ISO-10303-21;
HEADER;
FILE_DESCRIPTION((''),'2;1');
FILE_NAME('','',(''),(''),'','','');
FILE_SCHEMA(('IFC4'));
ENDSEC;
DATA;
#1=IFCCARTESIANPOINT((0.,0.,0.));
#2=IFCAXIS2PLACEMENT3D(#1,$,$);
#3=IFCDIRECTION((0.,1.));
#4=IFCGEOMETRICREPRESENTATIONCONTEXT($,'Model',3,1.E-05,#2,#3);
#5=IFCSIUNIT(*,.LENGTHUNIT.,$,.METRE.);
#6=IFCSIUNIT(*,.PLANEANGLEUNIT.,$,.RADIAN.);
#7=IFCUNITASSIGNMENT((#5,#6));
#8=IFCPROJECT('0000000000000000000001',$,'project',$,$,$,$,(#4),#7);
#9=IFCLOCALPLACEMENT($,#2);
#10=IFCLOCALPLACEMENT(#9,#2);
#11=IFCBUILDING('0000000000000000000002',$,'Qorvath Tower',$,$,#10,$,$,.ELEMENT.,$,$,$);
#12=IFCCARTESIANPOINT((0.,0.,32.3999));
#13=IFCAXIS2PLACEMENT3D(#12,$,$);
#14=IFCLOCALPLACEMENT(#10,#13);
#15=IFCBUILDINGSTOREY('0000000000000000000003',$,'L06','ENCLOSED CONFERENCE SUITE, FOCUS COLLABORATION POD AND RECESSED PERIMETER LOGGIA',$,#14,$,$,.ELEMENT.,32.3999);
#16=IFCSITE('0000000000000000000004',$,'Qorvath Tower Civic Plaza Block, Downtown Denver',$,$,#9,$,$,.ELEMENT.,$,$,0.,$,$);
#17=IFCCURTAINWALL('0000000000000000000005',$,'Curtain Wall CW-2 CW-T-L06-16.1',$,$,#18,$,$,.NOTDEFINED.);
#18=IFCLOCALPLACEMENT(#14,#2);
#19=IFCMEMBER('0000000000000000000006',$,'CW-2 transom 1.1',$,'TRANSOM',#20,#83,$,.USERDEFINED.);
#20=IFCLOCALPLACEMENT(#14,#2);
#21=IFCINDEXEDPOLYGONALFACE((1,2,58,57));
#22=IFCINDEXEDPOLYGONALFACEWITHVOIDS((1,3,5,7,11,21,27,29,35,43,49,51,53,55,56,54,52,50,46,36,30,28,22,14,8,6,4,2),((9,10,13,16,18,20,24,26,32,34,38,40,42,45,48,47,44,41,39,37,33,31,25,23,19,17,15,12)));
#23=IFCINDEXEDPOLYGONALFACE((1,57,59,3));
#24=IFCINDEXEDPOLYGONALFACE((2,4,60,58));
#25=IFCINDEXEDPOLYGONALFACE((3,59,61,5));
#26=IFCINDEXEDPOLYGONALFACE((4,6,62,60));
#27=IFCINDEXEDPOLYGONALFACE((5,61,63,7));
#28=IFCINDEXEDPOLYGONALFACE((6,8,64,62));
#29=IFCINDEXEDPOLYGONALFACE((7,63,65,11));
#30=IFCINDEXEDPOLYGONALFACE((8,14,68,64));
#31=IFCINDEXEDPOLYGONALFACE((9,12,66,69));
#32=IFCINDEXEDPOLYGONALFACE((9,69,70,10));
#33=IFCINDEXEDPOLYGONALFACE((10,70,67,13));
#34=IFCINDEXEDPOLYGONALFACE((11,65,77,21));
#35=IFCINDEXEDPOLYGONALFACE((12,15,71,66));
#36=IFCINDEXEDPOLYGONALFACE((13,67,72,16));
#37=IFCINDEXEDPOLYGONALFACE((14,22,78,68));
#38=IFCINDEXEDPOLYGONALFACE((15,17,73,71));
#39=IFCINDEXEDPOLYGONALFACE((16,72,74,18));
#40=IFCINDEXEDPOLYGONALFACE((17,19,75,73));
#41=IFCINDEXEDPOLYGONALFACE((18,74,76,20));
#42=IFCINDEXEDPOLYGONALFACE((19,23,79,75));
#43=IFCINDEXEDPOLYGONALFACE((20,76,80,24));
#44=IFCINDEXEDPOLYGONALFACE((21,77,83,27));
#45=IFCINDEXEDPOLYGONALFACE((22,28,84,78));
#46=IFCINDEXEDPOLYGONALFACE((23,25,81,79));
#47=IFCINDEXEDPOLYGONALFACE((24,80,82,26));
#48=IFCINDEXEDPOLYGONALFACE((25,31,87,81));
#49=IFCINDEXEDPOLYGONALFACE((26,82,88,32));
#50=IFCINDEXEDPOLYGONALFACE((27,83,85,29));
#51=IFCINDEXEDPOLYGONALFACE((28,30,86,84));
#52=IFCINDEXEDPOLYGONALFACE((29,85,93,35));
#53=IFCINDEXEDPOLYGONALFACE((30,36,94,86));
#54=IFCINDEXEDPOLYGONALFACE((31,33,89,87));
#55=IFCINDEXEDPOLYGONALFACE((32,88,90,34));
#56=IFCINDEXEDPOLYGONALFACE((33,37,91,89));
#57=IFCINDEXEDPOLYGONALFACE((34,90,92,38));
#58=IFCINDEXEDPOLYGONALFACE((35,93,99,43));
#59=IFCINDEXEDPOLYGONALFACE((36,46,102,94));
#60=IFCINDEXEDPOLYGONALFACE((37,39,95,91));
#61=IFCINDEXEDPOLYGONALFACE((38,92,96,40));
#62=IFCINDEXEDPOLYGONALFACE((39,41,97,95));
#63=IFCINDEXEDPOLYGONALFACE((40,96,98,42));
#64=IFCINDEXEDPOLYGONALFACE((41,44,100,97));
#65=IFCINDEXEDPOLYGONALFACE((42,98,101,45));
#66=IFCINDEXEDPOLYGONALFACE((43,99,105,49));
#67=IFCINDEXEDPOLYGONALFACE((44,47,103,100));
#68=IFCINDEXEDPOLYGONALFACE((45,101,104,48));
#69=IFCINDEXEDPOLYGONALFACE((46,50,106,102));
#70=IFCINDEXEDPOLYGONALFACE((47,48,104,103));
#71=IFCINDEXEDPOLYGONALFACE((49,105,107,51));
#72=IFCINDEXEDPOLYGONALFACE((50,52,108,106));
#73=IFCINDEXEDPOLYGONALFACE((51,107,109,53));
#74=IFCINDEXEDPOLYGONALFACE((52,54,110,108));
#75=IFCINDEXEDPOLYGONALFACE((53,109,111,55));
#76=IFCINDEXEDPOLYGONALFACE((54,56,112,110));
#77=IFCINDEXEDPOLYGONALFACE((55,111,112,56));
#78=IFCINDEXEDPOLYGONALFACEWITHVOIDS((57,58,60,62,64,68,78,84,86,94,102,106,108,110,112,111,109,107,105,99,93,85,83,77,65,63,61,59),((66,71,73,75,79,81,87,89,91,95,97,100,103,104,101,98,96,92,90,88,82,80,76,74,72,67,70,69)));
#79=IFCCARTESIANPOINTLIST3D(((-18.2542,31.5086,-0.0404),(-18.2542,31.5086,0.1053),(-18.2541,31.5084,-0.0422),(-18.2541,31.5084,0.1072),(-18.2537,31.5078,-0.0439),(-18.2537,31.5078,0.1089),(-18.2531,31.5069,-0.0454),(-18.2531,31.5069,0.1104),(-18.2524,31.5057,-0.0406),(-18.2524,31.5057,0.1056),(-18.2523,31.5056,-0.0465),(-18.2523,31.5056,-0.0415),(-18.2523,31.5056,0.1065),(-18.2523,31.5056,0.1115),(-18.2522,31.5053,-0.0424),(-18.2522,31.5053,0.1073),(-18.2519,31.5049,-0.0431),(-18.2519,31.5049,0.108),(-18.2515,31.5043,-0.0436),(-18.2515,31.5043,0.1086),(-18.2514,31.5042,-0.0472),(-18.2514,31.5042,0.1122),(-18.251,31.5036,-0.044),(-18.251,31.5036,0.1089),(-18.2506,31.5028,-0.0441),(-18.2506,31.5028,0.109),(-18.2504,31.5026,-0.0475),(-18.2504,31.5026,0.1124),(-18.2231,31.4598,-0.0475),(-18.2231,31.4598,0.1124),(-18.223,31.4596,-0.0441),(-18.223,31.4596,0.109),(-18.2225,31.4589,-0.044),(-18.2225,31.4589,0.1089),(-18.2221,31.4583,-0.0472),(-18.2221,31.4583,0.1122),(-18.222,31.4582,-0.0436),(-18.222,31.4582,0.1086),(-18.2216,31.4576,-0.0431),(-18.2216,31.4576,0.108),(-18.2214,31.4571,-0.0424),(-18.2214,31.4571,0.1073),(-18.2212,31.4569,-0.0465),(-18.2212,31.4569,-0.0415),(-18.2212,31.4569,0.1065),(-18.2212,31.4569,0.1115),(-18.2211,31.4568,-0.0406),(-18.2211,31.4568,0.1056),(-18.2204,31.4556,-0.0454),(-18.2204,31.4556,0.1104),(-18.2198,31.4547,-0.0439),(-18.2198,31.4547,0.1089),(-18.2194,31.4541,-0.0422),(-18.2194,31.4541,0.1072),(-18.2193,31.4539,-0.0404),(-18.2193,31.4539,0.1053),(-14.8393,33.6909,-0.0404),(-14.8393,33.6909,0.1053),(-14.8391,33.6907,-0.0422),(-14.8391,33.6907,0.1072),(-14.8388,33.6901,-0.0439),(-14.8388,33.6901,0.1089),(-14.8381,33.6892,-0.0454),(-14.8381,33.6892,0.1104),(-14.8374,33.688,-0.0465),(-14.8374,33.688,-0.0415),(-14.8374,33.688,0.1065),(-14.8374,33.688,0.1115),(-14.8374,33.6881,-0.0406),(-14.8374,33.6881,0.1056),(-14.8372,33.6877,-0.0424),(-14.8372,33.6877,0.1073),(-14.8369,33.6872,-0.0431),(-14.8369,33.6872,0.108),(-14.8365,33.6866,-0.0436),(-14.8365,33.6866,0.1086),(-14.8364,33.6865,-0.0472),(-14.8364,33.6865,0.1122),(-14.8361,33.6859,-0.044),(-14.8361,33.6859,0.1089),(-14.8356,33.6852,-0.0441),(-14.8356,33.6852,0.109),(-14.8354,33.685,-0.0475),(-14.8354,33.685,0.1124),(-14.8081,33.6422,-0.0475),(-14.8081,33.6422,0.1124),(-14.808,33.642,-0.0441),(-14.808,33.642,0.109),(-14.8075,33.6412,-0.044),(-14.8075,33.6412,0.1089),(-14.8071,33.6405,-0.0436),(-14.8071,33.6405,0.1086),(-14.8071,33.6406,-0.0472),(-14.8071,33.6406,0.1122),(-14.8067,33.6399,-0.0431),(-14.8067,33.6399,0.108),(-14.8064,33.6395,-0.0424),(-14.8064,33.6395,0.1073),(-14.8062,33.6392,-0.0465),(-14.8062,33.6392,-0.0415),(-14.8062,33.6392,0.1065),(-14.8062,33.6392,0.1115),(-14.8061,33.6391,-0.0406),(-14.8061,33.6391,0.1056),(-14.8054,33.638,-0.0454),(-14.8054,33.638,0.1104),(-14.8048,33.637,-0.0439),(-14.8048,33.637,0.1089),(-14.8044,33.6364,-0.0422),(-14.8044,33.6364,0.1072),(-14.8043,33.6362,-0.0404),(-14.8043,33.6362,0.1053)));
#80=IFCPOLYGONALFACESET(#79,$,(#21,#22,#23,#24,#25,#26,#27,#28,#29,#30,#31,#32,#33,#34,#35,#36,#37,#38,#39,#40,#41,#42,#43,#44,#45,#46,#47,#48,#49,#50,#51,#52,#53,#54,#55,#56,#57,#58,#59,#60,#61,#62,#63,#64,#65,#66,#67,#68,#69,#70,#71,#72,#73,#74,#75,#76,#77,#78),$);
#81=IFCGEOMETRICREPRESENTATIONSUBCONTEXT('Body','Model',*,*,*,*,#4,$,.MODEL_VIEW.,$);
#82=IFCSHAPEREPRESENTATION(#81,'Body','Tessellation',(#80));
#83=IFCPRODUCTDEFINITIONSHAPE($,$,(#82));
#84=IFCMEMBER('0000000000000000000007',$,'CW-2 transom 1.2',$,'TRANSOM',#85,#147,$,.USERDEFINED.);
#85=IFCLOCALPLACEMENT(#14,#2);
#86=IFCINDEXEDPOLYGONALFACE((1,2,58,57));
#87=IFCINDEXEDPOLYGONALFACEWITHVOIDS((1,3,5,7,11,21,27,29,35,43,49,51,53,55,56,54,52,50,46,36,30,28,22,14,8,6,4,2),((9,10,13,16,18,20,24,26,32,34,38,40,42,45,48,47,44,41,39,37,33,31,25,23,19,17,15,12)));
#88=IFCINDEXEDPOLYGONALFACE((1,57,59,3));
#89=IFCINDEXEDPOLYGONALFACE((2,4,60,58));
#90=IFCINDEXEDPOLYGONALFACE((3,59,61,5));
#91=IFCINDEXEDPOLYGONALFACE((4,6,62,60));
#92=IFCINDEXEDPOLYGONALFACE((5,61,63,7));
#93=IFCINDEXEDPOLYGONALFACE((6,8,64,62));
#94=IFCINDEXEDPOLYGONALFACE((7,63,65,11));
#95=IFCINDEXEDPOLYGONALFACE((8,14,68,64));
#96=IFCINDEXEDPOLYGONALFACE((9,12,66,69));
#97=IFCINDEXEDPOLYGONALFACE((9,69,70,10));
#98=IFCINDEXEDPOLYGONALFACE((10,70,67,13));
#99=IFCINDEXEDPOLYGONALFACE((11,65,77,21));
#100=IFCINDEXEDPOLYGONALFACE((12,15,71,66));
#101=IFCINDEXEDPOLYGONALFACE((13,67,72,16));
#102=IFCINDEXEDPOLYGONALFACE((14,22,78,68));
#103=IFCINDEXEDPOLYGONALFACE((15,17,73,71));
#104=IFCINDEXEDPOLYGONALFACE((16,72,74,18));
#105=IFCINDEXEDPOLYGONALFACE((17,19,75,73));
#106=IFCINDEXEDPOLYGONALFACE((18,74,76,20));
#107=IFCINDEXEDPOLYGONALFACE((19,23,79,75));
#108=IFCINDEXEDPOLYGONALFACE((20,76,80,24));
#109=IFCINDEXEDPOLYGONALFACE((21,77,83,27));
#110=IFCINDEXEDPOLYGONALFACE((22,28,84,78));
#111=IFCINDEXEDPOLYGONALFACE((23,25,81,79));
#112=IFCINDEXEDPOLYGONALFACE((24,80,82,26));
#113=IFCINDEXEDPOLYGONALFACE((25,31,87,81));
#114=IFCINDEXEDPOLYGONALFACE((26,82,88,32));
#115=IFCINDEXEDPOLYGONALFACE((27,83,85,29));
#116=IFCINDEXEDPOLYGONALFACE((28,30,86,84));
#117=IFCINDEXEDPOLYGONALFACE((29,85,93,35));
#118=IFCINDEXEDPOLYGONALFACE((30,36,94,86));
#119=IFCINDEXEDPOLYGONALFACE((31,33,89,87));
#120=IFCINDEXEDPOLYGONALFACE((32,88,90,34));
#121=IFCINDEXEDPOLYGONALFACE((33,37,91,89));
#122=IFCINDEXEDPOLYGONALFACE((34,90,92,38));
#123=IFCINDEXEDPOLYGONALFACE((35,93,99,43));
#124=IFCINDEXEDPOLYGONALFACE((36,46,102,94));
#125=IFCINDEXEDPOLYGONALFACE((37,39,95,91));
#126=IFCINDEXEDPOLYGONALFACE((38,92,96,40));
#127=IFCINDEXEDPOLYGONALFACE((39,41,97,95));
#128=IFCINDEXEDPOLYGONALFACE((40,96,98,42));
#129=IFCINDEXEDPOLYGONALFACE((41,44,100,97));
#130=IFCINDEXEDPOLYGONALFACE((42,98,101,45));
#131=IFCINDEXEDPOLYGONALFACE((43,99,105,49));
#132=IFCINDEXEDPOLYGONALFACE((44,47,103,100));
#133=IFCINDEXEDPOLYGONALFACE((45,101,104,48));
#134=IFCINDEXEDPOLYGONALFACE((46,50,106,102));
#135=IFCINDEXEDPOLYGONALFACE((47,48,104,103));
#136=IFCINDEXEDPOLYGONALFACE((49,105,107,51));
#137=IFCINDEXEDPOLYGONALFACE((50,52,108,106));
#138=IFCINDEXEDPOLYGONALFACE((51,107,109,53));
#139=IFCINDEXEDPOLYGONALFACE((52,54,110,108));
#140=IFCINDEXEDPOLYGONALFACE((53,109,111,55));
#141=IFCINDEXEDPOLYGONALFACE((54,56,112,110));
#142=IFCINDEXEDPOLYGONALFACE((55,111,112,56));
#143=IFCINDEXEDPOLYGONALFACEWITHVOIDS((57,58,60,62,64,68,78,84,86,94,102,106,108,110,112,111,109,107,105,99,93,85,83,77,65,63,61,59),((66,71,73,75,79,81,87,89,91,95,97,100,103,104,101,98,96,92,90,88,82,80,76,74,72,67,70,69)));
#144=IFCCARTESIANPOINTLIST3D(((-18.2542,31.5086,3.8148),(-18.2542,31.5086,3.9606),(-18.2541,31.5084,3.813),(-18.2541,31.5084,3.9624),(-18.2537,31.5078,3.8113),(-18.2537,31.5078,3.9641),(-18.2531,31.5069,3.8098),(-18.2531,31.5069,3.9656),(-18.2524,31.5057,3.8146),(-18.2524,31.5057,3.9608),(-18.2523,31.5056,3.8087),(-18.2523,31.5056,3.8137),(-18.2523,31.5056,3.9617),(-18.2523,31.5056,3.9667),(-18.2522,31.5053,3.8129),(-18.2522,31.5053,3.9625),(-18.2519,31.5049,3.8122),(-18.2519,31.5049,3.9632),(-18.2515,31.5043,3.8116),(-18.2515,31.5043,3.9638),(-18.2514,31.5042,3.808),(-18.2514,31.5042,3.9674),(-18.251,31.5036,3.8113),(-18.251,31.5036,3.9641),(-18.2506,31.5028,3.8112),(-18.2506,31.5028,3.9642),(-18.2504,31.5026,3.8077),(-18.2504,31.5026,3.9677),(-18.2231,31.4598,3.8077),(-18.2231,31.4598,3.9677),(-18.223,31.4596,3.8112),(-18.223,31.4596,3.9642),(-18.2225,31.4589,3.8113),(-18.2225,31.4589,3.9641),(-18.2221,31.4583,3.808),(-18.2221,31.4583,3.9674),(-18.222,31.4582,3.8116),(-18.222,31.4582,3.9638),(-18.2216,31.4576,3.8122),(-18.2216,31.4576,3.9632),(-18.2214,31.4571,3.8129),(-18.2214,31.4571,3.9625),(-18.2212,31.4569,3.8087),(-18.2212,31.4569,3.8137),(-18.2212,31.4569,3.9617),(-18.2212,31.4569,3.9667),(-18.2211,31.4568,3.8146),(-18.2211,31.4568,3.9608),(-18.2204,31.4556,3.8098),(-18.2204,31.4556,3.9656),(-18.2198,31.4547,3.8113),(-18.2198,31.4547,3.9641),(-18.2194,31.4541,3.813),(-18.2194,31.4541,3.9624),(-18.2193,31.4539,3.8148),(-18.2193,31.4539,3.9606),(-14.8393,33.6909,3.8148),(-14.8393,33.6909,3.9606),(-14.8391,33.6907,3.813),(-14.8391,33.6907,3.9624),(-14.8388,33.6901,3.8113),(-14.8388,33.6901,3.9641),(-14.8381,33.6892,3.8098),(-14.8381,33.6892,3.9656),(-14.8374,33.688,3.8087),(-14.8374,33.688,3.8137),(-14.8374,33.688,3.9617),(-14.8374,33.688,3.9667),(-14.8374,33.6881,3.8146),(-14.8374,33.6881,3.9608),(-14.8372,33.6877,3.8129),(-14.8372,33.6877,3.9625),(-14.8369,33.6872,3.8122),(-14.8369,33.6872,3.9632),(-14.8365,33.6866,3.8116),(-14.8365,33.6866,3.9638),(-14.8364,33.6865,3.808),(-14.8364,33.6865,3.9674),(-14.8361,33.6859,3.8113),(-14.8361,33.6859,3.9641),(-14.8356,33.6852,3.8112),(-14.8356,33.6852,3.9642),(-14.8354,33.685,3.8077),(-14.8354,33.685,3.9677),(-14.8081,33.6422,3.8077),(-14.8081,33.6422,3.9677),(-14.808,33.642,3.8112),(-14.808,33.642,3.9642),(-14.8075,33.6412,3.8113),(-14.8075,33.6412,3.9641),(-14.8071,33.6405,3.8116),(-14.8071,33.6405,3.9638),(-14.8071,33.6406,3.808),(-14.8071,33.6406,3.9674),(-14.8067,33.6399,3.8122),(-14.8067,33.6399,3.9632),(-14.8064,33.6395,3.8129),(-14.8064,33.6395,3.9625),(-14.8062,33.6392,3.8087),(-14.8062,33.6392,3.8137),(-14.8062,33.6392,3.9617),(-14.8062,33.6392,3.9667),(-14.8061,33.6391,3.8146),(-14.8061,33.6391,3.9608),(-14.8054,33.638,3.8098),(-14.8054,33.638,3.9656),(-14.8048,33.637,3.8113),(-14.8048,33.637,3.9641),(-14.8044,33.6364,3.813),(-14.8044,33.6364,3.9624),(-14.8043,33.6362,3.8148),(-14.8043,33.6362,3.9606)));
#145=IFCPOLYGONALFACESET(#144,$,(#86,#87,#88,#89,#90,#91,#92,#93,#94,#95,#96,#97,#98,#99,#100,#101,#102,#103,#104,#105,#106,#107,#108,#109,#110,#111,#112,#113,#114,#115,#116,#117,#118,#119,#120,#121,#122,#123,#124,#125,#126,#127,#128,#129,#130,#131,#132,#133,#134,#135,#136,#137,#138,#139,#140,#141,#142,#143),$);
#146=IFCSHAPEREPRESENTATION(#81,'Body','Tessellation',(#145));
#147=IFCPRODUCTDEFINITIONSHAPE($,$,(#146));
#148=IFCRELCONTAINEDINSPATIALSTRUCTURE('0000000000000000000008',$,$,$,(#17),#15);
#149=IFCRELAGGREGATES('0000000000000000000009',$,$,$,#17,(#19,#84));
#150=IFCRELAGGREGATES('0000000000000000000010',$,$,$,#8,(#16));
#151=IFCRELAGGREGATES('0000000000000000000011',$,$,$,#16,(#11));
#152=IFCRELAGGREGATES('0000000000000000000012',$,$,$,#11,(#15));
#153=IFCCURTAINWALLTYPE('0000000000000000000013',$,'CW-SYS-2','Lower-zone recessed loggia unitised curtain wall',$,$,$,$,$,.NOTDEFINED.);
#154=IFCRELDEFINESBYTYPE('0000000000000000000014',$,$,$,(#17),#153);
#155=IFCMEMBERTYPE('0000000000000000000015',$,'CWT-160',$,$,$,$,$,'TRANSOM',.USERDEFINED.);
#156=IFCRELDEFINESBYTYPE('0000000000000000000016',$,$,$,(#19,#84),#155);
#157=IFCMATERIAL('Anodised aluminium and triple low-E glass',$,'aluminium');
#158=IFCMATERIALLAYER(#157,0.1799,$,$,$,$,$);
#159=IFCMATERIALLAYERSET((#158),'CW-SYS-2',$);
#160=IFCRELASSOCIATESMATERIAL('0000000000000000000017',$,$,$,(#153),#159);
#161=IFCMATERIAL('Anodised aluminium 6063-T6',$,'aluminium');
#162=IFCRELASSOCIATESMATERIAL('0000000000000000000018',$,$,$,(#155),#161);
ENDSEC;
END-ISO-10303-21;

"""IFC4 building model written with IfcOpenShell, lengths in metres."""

from ifc_helpers import new_model, si_unit, direction, frame, origin, origin_2d, place, context, subcontext, project, spatial, hollow_rectangle, extrude, material, layer, layer_set, material_profile, profile_set, type_object, element, aggregate, save


model = new_model("IFC4")

# Units and contexts
model_context = context("Model", 3, precision=1e-05, world=origin(), true_north=direction((0.0, 1.0)))
body_context = subcontext(model_context, "Body", "Model", "MODEL_VIEW")
ifc_project = project(units=[si_unit("LENGTHUNIT", "METRE"), si_unit("PLANEANGLEUNIT", "RADIAN")], contexts=[model_context])

# Site, building, storey
site_placement = place(None, origin())
site = spatial("IfcSite", under=ifc_project, at=site_placement, Name="Qorvath Tower Civic Plaza Block, Downtown Denver", CompositionType="ELEMENT", RefElevation=0.0)
building_placement = place(site_placement, origin())
building = spatial("IfcBuilding", under=site, at=building_placement, Name="Qorvath Tower", CompositionType="ELEMENT")
storey_placement = place(building_placement, frame((0.0, 0.0, 32.3999)))
storey = spatial("IfcBuildingStorey", under=building, at=storey_placement, Name="L06", Description="ENCLOSED CONFERENCE SUITE, FOCUS COLLABORATION POD AND RECESSED PERIMETER LOGGIA", CompositionType="ELEMENT", Elevation=32.3999)

# Curtain wall
ifc_material_1 = material(Name="Anodised aluminium and triple low-E glass", Category="aluminium")
ifc_layer_1 = layer(ifc_material_1, 0.1799)
ifc_layer_set_1 = layer_set([ifc_layer_1], Name="CW-SYS-2")
curtain_wall_type = type_object("IfcCurtainWallType", Name="CW-SYS-2", Description="Lower-zone recessed loggia unitised curtain wall", PredefinedType="NOTDEFINED", material=ifc_layer_set_1)
curtain_wall_1_placement = place(storey_placement, origin())
curtain_wall_1 = element("IfcCurtainWall", 1, at=curtain_wall_1_placement, inside=storey, type_object=curtain_wall_type, Name="Curtain Wall CW-2 CW-T-L06-16.1", PredefinedType="NOTDEFINED")

# Members
ifc_material_2 = material(Name="Anodised aluminium 6063-T6", Category="aluminium")
ifc_material_profile_1 = material_profile(ifc_material_2, hollow_rectangle(XDim=0.0649, YDim=0.1599, WallThickness=0.0034, InnerFilletRadius=0.0034, OuterFilletRadius=0.0071, at=origin_2d()), Name="CWT 160x65")
ifc_profile_set_1 = profile_set([ifc_material_profile_1], Name="Anodised aluminium 6063-T6")
member_type_1 = type_object("IfcMemberType", Name="CWT-160", ElementType="TRANSOM", PredefinedType="USERDEFINED", material=ifc_profile_set_1)
member_1_placement = place(storey_placement, frame((-14.8218, 33.6636, 0.0325), z_axis=(-0.842636, -0.538484, 0.0), x_axis=(0.538484, -0.842636, 0.0)))
member_1 = element("IfcMember", 2, at=member_1_placement, type_object=member_type_1, Name="CW-2 transom 1.1", ObjectType="TRANSOM", PredefinedType="USERDEFINED", context=body_context, shape_type="SweptSolid", body=[
    extrude(hollow_rectangle(XDim=0.0649, YDim=0.1599, WallThickness=0.0034, InnerFilletRadius=0.0034, OuterFilletRadius=0.0071, at=origin_2d()), origin(), (0.0, 0.0, 1.0), 4.0527),
])
member_2_placement = place(storey_placement, frame((-14.8218, 33.6636, 3.8877), z_axis=(-0.842636, -0.538484, 0.0), x_axis=(0.538484, -0.842636, 0.0)))
member_2 = element("IfcMember", 3, at=member_2_placement, type_object=member_type_1, Name="CW-2 transom 1.2", ObjectType="TRANSOM", PredefinedType="USERDEFINED", context=body_context, shape_type="SweptSolid", body=[
    extrude(hollow_rectangle(XDim=0.0649, YDim=0.1599, WallThickness=0.0034, InnerFilletRadius=0.0034, OuterFilletRadius=0.0071, at=origin_2d()), origin(), (0.0, 0.0, 1.0), 4.0527),
])

aggregate(curtain_wall_1, [member_1, member_2])

save(model, "model.ifc")
